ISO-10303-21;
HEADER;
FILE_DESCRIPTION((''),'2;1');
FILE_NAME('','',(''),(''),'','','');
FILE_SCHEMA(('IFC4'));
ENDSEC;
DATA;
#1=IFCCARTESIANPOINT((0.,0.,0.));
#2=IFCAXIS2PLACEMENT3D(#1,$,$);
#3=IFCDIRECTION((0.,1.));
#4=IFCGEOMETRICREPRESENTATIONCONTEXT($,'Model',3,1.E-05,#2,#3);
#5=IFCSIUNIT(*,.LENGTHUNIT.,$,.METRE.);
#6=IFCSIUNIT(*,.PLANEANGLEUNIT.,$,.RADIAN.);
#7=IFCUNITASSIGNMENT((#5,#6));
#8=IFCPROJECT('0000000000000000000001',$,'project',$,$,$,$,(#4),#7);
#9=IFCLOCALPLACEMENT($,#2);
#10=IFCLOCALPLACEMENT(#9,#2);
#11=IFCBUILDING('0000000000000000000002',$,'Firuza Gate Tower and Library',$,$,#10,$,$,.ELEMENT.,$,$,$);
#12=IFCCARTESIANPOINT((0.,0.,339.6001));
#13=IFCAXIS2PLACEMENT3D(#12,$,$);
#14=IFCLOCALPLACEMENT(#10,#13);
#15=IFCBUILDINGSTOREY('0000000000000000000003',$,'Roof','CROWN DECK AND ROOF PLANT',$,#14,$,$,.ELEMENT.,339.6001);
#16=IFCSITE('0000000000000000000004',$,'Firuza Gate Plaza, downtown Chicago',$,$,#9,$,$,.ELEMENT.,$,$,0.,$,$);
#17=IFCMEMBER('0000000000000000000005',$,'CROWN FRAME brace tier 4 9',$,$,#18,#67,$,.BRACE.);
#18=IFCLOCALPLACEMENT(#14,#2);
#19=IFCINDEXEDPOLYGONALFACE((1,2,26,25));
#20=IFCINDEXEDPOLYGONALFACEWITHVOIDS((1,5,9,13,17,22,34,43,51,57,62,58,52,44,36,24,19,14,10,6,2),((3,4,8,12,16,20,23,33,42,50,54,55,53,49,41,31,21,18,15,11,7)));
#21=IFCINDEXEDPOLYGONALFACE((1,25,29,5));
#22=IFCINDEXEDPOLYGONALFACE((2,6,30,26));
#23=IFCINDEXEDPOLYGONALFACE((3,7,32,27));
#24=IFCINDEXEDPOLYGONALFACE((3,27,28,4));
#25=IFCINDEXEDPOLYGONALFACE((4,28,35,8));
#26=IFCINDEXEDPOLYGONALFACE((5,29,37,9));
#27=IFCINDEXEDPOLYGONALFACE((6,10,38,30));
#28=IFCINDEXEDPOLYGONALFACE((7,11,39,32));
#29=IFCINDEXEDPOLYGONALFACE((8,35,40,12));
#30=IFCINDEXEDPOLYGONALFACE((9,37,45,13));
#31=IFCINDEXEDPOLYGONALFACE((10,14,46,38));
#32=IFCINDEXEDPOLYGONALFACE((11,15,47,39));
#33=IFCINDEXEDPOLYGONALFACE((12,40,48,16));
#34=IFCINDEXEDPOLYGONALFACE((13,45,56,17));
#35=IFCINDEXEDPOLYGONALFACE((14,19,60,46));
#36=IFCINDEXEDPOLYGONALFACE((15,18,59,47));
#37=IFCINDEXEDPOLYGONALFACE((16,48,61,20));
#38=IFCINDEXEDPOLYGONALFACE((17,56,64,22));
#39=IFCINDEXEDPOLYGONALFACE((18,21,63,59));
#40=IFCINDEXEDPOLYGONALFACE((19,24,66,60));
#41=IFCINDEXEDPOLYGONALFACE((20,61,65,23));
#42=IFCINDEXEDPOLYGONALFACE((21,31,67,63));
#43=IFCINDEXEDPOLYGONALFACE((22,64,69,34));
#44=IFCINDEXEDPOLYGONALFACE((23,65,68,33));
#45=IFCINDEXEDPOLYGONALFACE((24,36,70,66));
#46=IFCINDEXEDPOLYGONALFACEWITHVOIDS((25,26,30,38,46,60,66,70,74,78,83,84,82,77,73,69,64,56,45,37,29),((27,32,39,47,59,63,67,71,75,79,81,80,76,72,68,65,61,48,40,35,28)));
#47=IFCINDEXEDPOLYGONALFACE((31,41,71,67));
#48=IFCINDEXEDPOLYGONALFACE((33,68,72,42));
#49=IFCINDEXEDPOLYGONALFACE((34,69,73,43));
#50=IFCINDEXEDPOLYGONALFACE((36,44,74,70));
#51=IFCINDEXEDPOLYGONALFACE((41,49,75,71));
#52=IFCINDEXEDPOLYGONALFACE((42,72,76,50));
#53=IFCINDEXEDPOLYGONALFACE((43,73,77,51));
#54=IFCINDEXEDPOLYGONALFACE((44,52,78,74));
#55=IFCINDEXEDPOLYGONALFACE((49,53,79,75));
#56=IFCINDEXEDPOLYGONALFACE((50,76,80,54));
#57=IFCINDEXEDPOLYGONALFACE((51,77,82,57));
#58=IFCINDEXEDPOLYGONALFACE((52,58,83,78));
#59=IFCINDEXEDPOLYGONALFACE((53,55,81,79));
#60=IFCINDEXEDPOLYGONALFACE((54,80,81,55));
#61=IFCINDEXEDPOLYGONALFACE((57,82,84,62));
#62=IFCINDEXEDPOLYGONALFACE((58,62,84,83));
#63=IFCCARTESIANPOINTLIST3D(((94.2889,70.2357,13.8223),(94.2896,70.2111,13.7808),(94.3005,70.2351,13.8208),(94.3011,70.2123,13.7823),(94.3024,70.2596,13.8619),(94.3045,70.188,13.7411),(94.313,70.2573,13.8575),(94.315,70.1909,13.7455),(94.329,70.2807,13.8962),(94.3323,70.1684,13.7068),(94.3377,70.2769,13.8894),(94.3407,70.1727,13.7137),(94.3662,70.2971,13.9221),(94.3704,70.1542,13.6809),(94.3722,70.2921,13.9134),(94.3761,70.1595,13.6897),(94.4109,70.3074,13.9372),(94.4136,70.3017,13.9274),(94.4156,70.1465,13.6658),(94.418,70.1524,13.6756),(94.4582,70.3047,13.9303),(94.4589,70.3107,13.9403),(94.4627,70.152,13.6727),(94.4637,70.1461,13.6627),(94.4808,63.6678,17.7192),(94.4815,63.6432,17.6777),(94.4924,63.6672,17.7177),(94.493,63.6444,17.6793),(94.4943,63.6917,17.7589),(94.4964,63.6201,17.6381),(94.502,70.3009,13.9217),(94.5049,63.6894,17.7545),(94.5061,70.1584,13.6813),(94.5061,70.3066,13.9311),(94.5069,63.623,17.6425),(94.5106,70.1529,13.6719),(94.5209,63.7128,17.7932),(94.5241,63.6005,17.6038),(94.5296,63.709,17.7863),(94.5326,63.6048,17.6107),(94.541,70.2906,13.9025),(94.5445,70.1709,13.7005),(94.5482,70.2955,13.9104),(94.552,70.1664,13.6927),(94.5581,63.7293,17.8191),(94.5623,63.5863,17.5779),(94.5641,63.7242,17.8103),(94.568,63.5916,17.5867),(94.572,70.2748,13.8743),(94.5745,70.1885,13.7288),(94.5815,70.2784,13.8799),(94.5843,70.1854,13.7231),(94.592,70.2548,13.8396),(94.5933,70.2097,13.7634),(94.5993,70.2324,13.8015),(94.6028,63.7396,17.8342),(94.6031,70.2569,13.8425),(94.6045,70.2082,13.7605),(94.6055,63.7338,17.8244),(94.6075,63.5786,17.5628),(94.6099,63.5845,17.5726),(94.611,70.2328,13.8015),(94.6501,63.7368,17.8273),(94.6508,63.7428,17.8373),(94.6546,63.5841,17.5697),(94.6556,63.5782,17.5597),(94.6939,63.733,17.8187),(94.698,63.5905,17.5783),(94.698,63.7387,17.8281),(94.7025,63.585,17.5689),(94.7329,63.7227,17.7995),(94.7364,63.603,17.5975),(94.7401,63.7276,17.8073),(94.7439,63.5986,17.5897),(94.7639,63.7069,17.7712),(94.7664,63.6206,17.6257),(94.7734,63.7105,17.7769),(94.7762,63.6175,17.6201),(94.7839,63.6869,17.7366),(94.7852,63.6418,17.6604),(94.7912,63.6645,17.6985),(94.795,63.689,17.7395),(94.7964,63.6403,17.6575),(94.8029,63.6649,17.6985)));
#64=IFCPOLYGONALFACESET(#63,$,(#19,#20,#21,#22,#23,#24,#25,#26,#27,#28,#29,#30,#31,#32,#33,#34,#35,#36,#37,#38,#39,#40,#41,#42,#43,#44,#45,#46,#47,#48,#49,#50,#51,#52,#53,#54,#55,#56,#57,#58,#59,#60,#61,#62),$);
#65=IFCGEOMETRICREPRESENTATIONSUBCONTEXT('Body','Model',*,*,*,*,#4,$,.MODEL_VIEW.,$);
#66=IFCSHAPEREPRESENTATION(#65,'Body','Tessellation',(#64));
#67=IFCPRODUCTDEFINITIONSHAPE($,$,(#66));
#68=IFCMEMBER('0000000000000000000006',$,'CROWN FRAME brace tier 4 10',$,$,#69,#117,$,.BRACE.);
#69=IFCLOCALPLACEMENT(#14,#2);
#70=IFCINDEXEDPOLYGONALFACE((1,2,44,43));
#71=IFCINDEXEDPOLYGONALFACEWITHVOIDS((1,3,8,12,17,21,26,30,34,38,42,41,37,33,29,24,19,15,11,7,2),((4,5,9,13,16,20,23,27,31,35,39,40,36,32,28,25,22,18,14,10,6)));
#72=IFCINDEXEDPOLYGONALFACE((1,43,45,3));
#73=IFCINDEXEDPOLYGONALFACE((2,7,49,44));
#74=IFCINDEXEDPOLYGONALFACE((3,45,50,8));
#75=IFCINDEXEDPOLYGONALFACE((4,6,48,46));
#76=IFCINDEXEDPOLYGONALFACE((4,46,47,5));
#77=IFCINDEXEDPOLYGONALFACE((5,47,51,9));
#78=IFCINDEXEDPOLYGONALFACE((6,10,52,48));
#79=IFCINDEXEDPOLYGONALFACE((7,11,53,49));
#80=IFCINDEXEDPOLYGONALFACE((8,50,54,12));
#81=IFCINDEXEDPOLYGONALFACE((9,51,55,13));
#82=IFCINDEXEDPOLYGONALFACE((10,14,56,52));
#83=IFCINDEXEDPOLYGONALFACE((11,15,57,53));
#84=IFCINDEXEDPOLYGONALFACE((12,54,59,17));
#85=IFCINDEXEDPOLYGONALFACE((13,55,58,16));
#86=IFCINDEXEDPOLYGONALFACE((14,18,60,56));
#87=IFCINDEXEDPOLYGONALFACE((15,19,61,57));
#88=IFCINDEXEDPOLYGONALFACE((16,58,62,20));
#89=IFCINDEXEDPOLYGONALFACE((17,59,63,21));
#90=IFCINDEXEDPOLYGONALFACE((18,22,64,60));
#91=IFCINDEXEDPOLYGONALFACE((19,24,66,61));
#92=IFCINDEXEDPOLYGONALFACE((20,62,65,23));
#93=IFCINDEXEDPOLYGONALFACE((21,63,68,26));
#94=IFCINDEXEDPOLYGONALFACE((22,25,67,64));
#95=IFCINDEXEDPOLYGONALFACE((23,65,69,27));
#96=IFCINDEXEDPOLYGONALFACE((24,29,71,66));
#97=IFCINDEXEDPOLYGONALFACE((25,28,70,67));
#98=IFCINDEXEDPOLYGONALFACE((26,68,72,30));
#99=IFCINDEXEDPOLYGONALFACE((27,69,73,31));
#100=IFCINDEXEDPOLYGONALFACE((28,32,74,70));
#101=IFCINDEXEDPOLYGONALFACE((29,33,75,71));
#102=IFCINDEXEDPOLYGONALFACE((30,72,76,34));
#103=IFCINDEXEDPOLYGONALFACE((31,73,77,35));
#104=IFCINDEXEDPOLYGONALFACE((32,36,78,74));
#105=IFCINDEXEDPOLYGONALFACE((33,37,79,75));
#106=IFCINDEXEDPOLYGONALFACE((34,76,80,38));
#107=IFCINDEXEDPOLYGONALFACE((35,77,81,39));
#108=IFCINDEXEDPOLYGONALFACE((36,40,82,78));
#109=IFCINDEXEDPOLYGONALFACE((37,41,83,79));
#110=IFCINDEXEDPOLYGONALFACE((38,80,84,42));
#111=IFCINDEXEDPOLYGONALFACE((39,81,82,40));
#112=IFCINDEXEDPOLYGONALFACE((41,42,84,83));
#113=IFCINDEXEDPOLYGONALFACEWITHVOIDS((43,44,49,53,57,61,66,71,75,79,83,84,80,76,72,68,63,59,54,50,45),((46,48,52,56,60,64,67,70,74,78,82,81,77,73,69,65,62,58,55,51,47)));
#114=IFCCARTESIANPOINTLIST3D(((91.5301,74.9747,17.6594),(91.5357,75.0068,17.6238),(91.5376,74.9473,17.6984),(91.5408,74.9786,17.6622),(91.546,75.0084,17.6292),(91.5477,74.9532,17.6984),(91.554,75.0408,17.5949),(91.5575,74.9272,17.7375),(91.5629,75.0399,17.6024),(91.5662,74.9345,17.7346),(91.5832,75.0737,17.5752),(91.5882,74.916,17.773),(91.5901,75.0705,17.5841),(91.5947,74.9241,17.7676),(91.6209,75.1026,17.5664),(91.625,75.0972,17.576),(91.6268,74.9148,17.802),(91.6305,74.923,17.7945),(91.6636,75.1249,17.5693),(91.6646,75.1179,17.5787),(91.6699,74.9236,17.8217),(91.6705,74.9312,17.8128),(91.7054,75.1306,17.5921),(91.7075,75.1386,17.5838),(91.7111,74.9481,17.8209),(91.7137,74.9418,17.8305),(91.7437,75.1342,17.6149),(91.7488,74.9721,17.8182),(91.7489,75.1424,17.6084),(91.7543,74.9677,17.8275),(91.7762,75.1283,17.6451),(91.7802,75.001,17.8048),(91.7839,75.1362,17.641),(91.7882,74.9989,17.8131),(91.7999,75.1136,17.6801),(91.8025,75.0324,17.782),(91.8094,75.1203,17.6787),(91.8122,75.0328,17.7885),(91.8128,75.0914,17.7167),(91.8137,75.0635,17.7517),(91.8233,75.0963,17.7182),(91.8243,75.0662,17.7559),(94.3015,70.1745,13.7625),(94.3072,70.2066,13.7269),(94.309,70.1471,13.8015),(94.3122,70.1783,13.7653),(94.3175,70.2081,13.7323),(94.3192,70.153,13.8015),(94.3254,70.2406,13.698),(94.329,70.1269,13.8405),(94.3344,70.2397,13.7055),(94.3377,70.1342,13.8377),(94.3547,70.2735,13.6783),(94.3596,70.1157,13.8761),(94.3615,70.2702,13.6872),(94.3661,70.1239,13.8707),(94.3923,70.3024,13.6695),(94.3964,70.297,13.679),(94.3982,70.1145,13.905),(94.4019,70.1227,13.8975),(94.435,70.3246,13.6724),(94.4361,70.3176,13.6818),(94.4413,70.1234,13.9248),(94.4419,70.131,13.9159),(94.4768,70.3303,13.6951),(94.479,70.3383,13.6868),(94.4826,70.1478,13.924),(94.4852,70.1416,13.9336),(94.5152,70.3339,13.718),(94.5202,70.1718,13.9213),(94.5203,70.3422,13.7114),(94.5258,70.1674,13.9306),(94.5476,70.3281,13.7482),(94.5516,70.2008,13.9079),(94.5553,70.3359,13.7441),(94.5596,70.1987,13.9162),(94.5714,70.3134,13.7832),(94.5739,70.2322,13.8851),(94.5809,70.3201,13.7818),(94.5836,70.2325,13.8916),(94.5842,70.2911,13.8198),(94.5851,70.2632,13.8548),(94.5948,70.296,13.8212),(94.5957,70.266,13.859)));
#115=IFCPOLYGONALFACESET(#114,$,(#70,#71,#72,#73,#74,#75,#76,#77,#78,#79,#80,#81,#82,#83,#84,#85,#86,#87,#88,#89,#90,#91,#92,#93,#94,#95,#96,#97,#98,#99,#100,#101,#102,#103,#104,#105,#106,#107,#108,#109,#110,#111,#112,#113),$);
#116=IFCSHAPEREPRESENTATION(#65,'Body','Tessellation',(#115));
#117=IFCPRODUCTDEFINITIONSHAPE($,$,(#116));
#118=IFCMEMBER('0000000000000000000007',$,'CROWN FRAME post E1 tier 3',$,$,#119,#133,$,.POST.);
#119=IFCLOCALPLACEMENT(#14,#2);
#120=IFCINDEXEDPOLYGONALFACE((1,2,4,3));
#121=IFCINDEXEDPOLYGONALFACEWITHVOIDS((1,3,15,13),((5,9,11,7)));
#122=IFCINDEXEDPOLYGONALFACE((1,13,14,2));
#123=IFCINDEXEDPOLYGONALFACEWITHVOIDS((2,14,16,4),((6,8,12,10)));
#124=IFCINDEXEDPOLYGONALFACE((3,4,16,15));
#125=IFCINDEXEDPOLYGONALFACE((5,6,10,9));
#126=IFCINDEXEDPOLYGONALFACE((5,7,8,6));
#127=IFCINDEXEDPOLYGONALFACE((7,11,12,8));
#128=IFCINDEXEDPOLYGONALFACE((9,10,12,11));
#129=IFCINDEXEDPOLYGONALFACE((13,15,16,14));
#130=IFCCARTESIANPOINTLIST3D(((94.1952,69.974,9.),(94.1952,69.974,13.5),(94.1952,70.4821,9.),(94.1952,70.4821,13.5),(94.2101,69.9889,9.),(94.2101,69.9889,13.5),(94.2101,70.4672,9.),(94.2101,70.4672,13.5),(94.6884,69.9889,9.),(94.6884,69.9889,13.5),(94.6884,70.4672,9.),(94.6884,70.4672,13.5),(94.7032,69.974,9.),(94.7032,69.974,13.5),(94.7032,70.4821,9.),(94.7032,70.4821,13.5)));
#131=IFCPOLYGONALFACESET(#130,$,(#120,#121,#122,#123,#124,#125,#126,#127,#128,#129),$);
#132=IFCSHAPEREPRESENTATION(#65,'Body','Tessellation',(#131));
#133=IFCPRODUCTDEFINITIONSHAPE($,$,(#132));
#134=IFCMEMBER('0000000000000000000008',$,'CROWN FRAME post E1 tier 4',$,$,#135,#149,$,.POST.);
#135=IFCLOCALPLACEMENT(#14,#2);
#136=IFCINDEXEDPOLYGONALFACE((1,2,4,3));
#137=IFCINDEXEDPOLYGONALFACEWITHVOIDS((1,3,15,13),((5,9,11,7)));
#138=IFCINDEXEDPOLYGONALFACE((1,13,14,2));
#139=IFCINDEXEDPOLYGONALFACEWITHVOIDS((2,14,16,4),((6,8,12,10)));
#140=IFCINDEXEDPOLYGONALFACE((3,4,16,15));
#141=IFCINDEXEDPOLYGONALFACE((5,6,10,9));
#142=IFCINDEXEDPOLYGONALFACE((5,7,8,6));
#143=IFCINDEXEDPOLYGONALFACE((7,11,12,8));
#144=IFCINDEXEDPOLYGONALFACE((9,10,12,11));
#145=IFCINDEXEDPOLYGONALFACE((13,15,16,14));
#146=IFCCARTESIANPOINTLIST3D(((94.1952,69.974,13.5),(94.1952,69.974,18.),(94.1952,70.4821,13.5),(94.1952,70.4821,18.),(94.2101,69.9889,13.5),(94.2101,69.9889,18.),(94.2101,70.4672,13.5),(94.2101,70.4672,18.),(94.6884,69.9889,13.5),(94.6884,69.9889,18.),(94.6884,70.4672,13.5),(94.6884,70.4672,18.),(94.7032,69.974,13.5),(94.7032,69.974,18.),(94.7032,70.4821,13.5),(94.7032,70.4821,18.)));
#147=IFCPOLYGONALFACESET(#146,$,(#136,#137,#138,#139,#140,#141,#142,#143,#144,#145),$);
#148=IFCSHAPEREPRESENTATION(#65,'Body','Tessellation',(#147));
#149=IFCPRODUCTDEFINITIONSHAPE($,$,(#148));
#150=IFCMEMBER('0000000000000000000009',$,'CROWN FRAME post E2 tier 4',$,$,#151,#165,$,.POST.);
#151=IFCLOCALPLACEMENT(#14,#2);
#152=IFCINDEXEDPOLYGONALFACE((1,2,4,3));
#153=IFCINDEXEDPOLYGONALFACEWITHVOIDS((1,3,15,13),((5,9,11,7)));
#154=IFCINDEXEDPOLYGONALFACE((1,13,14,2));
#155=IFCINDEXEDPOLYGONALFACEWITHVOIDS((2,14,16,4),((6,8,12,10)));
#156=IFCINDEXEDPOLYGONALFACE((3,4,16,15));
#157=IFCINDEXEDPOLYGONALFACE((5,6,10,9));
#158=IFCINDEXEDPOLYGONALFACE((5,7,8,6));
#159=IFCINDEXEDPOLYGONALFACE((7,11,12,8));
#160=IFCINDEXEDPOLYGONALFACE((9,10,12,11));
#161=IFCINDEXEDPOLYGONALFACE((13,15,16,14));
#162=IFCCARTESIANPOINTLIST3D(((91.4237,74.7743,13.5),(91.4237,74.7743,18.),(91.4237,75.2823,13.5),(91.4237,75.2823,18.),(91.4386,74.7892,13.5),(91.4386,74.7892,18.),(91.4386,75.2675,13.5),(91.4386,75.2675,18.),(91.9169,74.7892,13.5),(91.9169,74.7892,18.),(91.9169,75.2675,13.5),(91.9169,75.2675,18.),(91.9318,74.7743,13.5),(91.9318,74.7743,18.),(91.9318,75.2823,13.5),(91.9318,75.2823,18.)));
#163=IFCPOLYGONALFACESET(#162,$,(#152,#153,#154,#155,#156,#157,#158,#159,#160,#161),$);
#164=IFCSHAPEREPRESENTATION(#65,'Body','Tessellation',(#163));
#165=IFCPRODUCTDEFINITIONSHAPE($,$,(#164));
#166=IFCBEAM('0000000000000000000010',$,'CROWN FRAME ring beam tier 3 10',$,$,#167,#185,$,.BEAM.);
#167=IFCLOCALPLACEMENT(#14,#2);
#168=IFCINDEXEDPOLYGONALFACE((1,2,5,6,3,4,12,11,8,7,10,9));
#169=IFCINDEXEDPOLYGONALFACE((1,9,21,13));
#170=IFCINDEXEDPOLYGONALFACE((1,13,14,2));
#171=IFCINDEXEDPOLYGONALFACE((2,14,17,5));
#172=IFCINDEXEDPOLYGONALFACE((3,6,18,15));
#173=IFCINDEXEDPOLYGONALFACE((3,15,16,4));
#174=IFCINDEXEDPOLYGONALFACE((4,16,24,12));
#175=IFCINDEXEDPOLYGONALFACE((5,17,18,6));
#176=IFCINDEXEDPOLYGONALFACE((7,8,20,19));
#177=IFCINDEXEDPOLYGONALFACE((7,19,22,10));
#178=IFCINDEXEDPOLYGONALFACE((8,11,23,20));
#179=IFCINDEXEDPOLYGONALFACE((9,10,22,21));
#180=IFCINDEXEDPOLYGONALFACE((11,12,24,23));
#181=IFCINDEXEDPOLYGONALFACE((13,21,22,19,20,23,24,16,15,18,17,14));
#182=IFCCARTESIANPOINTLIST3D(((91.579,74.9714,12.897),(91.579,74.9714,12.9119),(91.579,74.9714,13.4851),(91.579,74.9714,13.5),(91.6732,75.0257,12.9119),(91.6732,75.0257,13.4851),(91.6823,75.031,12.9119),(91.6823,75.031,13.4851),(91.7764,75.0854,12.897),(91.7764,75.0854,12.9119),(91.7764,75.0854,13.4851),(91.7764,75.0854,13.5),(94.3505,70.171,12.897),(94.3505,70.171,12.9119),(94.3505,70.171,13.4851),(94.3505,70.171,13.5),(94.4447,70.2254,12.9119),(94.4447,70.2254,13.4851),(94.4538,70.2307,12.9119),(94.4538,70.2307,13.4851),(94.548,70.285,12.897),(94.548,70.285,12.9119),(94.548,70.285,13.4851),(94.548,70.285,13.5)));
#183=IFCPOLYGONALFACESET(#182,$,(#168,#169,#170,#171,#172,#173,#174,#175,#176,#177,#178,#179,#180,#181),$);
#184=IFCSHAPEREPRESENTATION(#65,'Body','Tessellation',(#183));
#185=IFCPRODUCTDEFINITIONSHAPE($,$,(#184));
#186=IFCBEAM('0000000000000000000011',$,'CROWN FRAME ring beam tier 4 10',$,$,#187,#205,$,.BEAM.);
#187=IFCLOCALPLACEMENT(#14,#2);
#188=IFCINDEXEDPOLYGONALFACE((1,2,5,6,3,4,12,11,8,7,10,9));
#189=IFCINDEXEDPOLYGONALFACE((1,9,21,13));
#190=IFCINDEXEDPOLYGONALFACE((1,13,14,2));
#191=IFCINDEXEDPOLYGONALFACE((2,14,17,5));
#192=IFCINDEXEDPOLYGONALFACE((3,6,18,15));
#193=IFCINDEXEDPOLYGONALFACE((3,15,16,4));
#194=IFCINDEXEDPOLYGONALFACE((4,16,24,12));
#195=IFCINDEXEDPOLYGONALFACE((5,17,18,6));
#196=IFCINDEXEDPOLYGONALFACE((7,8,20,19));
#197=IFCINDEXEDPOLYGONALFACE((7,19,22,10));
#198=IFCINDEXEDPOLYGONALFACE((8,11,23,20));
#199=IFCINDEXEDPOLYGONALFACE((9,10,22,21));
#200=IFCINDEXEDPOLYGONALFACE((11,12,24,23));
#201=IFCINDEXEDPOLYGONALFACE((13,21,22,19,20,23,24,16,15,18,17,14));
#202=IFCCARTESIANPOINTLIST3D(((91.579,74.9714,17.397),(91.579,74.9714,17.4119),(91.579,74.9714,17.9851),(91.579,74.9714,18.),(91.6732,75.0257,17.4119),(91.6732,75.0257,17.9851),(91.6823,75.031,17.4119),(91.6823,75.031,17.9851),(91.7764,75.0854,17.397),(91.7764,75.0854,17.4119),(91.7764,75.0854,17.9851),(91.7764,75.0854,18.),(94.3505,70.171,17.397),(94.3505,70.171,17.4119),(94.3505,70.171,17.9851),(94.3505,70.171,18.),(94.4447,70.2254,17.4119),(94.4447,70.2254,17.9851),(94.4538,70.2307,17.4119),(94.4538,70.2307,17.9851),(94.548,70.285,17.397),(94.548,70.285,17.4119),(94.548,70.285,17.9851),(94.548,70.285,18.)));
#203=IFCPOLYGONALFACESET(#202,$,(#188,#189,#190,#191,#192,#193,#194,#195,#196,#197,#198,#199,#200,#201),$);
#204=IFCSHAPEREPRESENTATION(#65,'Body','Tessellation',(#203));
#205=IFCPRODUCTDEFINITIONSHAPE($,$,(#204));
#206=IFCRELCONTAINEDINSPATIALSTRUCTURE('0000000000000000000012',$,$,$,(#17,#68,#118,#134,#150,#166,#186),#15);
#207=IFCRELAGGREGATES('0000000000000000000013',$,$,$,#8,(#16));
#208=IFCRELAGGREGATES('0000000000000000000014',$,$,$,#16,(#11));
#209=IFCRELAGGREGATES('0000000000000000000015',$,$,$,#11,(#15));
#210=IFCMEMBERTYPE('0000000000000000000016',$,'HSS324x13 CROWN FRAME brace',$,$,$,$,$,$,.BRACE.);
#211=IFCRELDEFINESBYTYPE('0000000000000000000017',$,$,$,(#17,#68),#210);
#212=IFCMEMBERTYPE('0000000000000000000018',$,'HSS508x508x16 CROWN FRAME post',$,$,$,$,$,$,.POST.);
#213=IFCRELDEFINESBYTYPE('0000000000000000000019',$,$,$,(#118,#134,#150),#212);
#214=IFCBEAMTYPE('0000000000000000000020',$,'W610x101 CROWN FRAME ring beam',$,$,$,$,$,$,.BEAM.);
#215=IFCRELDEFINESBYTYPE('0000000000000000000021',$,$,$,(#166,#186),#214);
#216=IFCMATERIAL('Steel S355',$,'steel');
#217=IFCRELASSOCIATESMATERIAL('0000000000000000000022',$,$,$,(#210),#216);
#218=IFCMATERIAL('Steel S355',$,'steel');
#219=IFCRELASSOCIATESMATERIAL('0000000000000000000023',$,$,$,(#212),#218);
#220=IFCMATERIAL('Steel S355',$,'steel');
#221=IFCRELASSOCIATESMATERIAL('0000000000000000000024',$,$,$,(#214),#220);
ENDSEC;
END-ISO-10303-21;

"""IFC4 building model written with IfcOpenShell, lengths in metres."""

from ifc_helpers import new_model, si_unit, direction, frame, origin, origin_2d, place, context, subcontext, project, spatial, hollow_rectangle, hollow_circle, i_section, extrude, material, material_profile, profile_set, type_object, element, save


model = new_model("IFC4")

# Units and contexts
model_context = context("Model", 3, precision=1e-05, world=origin(), true_north=direction((0.0, 1.0)))
body_context = subcontext(model_context, "Body", "Model", "MODEL_VIEW")
ifc_project = project(units=[si_unit("LENGTHUNIT", "METRE"), si_unit("PLANEANGLEUNIT", "RADIAN")], contexts=[model_context])

# Site, building, storey
site_placement = place(None, origin())
site = spatial("IfcSite", under=ifc_project, at=site_placement, Name="Firuza Gate Plaza, downtown Chicago", CompositionType="ELEMENT", RefElevation=0.0)
building_placement = place(site_placement, origin())
building = spatial("IfcBuilding", under=site, at=building_placement, Name="Firuza Gate Tower and Library", CompositionType="ELEMENT")
storey_placement = place(building_placement, frame((0.0, 0.0, 339.6001)))
storey = spatial("IfcBuildingStorey", under=building, at=storey_placement, Name="Roof", Description="CROWN DECK AND ROOF PLANT", CompositionType="ELEMENT", Elevation=339.6001)

# Members
ifc_material_1 = material(Name="Steel S355", Category="steel")
ifc_material_profile_1 = material_profile(ifc_material_1, hollow_circle(Radius=0.1619, WallThickness=0.0117, at=origin_2d()))
ifc_profile_set_1 = profile_set([ifc_material_profile_1], Name="Steel S355")
member_type_1 = type_object("IfcMemberType", Name="HSS324x13 CROWN FRAME brace", PredefinedType="BRACE", material=ifc_profile_set_1)
member_1_placement = place(storey_placement, frame((94.4492, 70.228, 13.8015), z_axis=(0.025119, -0.859739, 0.510116), x_axis=(0.999573, 0.029205, 0.0)))
element("IfcMember", 1, at=member_1_placement, inside=storey, type_object=member_type_1, Name="CROWN FRAME brace tier 4 9", PredefinedType="BRACE", context=body_context, shape_type="SweptSolid", body=[
    extrude(hollow_circle(Radius=0.1619, WallThickness=0.0117, at=origin_2d()), origin(), (0.0, 0.0, 1.0), 7.6394),
])
member_2_placement = place(storey_placement, frame((94.4492, 70.228, 13.8015), z_axis=(-0.409032, 0.708455, 0.575138), x_axis=(-0.866023, -0.500005, 0.0)))
element("IfcMember", 2, at=member_2_placement, inside=storey, type_object=member_type_1, Name="CROWN FRAME brace tier 4 10", PredefinedType="BRACE", context=body_context, shape_type="SweptSolid", body=[
    extrude(hollow_circle(Radius=0.1619, WallThickness=0.0117, at=origin_2d()), origin(), (0.0, 0.0, 1.0), 6.7756),
])
ifc_material_2 = material(Name="Steel S355", Category="steel")
ifc_material_profile_2 = material_profile(ifc_material_2, hollow_rectangle(XDim=0.5081, YDim=0.5081, WallThickness=0.0149, at=origin_2d()))
ifc_profile_set_2 = profile_set([ifc_material_profile_2], Name="Steel S355")
member_type_2 = type_object("IfcMemberType", Name="HSS508x508x16 CROWN FRAME post", PredefinedType="POST", material=ifc_profile_set_2)
for number, where, z_axis, x_axis, name in (
    (3, (94.4492, 70.228, 9.0), (0.0, 0.0, 1.0), (1.0, 0.0, 0.0), "CROWN FRAME post E1 tier 3"),
    (4, (94.4492, 70.228, 13.5), (0.0, 0.0, 1.0), (1.0, 0.0, 0.0), "CROWN FRAME post E1 tier 4"),
    (5, (91.6777, 75.0283, 13.5), (0.0, 0.0, 1.0), (1.0, 0.0, 0.0), "CROWN FRAME post E2 tier 4"),
):
    element("IfcMember", number, at=place(storey_placement, frame(where, z_axis=z_axis, x_axis=x_axis)), inside=storey, type_object=member_type_2, Name=name, PredefinedType="POST", context=body_context, shape_type="SweptSolid", body=[
        extrude(hollow_rectangle(XDim=0.5081, YDim=0.5081, WallThickness=0.0149, at=origin_2d()), origin(), (0.0, 0.0, 1.0), 4.5),
    ])

# Beams
ifc_material_3 = material(Name="Steel S355", Category="steel")
ifc_material_profile_3 = material_profile(ifc_material_3, i_section(OverallWidth=0.228, OverallDepth=0.603, WebThickness=0.0105, FlangeThickness=0.0149, at=origin_2d()))
ifc_profile_set_3 = profile_set([ifc_material_profile_3], Name="Steel S355")
beam_type = type_object("IfcBeamType", Name="W610x101 CROWN FRAME ring beam", PredefinedType="BEAM", material=ifc_profile_set_3)
for number, where, z_axis, x_axis, name in (
    (6, (94.4492, 70.228, 13.1985), (-0.500005, 0.866023, 0.0), (-0.866023, -0.500005, 0.0), "CROWN FRAME ring beam tier 3 10"),
    (7, (94.4492, 70.228, 17.6985), (-0.500005, 0.866023, 0.0), (-0.866023, -0.500005, 0.0), "CROWN FRAME ring beam tier 4 10"),
):
    element("IfcBeam", number, at=place(storey_placement, frame(where, z_axis=z_axis, x_axis=x_axis)), inside=storey, type_object=beam_type, Name=name, PredefinedType="BEAM", context=body_context, shape_type="SweptSolid", body=[
        extrude(i_section(OverallWidth=0.228, OverallDepth=0.603, WebThickness=0.0105, FlangeThickness=0.0149, at=origin_2d()), origin(), (0.0, 0.0, 1.0), 5.543),
    ])

save(model, "model.ifc")
